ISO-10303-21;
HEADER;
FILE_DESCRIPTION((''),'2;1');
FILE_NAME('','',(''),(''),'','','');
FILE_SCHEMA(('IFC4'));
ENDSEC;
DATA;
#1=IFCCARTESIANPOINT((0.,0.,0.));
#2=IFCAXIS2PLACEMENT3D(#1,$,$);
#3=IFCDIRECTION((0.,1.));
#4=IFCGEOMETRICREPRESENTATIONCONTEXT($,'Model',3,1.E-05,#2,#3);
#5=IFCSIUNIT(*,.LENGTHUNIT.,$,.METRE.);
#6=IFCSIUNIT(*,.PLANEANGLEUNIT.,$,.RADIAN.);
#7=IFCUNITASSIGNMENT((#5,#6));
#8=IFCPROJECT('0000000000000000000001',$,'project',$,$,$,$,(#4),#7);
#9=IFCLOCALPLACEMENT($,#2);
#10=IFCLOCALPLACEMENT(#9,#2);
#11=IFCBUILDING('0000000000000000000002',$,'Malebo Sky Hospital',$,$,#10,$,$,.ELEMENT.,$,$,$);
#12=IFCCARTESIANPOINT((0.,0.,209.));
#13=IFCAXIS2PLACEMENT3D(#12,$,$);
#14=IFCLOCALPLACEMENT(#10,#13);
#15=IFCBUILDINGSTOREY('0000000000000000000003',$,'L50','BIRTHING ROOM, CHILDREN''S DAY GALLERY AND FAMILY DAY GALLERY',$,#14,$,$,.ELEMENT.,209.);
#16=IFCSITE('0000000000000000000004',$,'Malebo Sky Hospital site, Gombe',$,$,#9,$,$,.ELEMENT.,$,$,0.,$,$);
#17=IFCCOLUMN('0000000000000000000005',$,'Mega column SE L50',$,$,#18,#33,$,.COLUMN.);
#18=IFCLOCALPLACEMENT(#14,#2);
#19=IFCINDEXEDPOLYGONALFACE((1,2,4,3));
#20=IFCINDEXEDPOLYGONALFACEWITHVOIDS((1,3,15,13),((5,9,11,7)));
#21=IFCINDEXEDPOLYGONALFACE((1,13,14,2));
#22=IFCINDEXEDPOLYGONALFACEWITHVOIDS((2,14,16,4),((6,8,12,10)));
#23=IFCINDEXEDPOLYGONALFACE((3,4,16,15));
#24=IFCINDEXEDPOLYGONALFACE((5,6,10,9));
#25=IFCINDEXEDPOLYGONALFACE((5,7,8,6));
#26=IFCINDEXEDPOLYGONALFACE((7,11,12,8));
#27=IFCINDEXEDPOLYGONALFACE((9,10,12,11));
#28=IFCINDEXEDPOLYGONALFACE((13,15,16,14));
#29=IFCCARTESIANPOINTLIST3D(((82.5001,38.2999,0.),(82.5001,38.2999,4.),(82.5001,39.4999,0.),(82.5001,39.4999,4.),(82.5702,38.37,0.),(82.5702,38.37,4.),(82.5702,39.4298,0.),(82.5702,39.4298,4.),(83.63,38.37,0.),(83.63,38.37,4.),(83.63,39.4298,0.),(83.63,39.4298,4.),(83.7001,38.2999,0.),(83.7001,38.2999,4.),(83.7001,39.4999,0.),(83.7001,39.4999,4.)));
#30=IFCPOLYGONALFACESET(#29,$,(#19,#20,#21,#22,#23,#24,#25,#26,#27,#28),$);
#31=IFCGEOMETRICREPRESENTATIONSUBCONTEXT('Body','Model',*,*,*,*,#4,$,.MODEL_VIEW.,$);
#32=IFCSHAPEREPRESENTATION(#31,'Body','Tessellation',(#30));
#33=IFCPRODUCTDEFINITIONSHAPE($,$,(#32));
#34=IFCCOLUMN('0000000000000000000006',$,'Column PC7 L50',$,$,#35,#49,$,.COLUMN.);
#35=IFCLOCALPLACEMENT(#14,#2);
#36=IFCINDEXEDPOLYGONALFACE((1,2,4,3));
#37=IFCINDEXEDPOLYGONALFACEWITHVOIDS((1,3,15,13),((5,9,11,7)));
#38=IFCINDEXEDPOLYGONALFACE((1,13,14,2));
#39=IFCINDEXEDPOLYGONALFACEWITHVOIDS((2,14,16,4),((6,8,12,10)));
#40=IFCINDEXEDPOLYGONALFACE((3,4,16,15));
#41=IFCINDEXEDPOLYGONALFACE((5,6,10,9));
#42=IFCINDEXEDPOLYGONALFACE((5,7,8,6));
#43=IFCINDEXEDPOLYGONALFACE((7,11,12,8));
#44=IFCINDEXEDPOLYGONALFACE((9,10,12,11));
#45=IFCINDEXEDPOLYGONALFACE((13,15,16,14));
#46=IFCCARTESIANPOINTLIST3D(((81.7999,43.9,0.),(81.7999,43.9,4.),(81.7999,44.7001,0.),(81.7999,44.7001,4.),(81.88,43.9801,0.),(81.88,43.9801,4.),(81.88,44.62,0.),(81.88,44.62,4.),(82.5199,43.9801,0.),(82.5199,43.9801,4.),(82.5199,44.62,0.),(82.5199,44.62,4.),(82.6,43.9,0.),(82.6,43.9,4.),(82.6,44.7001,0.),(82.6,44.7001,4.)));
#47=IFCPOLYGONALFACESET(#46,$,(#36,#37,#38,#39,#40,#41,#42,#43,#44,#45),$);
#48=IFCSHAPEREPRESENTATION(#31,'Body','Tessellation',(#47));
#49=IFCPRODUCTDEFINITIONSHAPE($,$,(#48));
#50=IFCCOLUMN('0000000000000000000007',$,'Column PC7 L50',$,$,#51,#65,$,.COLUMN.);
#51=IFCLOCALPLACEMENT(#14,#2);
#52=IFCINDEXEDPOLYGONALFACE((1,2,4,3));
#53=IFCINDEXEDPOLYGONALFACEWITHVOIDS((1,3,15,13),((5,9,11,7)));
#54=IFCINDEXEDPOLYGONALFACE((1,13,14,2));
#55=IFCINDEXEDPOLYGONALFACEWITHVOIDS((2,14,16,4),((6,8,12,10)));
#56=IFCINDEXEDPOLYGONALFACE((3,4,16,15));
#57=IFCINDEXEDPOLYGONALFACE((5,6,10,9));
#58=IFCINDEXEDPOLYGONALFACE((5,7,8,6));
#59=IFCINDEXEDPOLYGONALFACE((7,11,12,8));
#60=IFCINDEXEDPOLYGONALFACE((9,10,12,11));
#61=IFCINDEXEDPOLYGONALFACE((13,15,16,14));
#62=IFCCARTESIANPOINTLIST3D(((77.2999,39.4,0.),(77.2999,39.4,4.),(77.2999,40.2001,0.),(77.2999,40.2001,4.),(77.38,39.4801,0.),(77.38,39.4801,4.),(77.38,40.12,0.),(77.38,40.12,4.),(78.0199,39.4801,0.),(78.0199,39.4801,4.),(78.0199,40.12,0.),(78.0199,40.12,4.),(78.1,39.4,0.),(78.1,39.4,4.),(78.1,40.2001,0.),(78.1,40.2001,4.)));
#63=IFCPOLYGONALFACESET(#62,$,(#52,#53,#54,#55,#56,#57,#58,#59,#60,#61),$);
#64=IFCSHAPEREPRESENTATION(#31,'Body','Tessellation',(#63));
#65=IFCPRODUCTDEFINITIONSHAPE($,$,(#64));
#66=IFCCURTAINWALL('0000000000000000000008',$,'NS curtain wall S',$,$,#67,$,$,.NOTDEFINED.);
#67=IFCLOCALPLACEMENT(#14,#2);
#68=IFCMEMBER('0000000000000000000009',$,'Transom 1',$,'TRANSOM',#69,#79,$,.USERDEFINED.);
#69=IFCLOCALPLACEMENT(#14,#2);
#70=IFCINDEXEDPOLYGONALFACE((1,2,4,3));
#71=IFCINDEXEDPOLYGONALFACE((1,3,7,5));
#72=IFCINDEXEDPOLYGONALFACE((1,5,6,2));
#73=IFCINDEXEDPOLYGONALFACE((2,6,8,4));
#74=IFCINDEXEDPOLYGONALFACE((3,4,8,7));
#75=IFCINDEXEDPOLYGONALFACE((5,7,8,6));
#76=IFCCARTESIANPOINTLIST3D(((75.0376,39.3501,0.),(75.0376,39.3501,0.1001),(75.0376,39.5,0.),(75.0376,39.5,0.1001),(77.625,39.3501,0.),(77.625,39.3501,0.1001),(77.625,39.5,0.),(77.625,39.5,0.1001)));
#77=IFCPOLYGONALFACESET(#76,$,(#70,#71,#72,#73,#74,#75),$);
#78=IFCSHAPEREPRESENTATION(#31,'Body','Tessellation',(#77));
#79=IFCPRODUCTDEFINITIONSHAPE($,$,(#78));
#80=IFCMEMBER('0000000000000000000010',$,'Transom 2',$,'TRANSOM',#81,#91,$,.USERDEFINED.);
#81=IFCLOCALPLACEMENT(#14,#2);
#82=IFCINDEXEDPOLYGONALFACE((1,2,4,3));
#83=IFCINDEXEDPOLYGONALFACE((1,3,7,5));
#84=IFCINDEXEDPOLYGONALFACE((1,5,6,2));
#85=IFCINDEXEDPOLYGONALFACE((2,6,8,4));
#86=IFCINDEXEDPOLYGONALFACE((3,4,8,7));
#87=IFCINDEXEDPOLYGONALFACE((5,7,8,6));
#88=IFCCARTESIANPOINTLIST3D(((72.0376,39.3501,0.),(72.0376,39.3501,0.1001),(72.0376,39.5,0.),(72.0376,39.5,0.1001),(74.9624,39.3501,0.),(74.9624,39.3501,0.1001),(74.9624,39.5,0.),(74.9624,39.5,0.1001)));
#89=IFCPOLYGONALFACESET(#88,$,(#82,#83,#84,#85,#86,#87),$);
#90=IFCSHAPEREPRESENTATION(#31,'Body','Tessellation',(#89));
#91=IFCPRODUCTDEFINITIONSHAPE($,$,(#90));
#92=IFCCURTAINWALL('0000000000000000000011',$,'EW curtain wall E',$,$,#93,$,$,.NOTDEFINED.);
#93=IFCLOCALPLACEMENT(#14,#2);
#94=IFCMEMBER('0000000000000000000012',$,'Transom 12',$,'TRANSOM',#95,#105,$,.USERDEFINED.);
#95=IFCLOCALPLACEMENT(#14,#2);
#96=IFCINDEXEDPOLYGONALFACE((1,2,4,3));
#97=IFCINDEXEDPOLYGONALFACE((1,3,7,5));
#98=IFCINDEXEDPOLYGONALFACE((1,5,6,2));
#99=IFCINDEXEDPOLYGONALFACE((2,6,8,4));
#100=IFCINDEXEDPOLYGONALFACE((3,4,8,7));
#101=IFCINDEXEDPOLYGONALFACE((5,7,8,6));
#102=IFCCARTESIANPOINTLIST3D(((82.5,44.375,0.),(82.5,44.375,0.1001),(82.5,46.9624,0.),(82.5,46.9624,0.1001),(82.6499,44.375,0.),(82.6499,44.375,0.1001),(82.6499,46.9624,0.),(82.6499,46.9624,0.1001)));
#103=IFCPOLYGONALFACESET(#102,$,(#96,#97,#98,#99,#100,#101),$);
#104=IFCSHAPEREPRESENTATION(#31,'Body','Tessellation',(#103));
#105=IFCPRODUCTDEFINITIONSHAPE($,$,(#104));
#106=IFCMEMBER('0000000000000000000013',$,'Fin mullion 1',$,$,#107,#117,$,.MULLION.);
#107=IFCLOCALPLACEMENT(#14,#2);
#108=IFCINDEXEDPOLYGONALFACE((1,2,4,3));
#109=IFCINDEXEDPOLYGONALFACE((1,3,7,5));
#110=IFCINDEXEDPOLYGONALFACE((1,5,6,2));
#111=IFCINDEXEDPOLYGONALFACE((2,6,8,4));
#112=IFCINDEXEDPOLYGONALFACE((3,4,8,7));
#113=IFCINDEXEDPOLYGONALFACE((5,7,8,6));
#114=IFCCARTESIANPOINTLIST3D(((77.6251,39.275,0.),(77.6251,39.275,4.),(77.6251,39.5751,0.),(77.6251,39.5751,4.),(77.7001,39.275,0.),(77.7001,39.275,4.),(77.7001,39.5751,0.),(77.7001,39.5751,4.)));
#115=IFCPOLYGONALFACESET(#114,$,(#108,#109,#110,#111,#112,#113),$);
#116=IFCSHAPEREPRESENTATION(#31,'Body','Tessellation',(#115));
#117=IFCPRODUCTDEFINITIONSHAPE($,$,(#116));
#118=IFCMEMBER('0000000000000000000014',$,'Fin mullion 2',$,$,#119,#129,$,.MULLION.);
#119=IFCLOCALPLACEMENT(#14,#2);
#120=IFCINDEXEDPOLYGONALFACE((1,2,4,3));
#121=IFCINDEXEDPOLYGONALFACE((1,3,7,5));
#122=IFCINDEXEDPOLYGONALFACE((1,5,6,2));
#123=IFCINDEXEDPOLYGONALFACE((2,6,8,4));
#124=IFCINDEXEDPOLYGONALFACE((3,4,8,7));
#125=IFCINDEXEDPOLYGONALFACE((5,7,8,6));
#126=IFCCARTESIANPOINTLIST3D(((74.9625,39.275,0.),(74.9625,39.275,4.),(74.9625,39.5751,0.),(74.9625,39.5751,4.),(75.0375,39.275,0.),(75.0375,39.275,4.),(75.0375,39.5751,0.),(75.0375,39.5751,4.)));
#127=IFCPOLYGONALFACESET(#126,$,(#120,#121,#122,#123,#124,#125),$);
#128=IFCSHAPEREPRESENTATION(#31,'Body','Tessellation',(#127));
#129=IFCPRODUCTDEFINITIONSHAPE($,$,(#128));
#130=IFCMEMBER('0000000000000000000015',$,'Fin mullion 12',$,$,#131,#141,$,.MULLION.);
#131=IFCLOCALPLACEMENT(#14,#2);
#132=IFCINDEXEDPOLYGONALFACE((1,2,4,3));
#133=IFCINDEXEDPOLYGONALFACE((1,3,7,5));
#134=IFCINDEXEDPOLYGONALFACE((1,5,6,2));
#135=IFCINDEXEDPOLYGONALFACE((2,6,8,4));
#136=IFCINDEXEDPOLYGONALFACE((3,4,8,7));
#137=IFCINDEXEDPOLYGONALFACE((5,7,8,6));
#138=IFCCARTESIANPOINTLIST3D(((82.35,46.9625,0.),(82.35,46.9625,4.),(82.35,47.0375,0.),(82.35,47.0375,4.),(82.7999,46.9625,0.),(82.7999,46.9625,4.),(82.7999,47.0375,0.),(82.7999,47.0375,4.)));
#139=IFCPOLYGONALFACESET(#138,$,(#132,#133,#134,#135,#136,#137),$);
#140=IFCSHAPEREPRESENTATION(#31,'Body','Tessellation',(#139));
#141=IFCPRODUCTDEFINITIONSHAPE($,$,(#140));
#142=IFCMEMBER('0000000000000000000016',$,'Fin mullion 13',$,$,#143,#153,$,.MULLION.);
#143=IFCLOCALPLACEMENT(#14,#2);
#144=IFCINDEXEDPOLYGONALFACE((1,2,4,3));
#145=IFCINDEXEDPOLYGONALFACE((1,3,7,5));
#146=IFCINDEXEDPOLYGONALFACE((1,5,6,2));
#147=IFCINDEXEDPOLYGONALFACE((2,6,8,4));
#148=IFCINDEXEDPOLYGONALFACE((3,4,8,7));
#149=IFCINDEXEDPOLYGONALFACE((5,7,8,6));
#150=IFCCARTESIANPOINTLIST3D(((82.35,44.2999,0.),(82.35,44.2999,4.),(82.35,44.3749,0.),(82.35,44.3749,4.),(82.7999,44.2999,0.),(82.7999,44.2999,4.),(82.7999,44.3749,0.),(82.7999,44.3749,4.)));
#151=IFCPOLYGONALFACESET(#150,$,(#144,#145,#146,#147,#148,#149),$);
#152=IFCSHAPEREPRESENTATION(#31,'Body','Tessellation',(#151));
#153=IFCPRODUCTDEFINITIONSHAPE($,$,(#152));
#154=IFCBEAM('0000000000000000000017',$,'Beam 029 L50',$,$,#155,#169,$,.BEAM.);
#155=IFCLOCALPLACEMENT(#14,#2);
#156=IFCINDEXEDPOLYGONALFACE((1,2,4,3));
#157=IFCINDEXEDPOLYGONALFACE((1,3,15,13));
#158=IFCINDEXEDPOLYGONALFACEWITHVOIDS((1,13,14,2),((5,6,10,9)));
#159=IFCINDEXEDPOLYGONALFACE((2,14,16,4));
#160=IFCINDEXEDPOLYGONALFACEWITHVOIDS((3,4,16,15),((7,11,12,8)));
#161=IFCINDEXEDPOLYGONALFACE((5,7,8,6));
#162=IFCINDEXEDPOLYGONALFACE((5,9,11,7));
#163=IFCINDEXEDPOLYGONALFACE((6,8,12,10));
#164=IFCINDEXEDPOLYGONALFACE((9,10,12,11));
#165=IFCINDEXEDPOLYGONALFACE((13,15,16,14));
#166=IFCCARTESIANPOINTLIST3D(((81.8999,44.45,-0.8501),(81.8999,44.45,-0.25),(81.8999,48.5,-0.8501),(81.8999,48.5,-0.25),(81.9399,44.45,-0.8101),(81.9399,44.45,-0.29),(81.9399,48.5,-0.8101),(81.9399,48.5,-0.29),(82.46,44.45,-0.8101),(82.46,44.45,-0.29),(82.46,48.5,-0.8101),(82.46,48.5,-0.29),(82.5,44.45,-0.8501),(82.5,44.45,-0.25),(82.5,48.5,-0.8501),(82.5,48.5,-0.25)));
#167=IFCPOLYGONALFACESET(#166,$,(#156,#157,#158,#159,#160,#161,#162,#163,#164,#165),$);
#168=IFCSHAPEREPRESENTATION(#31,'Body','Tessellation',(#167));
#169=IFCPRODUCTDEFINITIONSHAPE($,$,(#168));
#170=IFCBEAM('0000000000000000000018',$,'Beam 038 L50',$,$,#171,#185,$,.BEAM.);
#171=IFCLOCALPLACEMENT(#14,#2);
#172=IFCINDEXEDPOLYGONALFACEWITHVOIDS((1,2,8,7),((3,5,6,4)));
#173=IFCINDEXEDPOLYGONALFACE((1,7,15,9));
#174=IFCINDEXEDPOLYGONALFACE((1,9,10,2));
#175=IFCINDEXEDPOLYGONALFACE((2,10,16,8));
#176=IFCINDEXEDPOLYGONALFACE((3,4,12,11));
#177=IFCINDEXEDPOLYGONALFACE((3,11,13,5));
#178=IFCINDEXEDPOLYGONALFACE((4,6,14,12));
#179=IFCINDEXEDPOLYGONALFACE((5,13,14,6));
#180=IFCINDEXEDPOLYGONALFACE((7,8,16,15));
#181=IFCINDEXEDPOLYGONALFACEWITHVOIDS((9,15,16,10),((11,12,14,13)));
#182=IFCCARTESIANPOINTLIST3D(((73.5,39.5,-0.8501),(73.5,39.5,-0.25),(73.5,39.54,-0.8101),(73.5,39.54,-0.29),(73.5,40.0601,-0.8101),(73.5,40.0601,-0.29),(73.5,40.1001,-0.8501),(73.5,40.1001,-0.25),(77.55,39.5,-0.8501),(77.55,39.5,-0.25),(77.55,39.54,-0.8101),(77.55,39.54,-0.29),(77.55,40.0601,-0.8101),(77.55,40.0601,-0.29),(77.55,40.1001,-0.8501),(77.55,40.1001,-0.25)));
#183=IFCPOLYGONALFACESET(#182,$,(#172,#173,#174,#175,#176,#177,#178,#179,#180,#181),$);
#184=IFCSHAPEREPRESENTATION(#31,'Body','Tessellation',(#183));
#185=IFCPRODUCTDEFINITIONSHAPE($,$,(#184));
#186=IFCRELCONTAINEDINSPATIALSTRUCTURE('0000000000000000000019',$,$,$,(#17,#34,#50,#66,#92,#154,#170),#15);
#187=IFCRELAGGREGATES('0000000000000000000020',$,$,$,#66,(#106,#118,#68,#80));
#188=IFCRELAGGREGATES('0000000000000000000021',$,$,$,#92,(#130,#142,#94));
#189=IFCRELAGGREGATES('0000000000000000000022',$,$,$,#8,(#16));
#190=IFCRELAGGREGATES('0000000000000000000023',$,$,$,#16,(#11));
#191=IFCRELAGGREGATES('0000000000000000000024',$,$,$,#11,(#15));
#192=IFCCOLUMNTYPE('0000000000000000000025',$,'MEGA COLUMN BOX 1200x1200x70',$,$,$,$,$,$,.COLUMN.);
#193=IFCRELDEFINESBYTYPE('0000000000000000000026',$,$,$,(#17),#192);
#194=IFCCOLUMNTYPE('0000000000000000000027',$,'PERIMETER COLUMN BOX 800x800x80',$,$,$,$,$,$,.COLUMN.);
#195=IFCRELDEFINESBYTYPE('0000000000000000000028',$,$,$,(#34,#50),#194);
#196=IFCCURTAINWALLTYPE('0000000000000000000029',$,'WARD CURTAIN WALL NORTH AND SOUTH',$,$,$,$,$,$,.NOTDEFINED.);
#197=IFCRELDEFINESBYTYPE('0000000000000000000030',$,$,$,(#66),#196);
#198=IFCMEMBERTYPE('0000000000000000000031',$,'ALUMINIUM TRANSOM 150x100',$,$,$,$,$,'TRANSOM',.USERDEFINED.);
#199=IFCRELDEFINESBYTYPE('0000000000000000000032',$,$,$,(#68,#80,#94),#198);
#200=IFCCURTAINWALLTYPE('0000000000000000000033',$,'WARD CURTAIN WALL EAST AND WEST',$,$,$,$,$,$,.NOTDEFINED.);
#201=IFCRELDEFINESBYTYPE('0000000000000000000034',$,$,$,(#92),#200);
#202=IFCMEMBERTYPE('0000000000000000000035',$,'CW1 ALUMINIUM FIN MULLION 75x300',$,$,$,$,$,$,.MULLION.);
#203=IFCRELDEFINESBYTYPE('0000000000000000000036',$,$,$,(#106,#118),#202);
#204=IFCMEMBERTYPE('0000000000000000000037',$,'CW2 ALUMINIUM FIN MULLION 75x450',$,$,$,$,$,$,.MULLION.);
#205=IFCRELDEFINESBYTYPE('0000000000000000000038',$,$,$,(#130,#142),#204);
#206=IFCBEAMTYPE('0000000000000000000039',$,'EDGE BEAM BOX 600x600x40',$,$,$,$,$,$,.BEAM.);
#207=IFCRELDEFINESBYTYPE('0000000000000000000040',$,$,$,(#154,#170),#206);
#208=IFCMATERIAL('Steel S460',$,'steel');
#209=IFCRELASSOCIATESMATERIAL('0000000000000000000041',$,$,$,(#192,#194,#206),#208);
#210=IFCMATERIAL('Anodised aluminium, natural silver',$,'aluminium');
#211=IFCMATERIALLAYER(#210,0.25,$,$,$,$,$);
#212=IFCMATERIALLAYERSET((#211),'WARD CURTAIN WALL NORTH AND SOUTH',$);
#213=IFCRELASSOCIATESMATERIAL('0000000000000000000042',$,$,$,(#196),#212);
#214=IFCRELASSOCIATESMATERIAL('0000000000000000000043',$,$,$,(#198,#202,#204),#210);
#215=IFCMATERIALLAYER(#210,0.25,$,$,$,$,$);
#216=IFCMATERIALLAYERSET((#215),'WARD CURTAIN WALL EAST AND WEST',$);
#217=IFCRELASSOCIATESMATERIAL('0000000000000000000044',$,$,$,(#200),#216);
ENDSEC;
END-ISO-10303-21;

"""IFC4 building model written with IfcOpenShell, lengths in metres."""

from ifc_helpers import new_model, si_unit, direction, frame, origin, origin_2d, place, context, subcontext, project, spatial, rectangle, hollow_rectangle, extrude, material, layer, layer_set, material_profile, profile_set, type_object, element, aggregate, save


model = new_model("IFC4")

# Units and contexts
model_context = context("Model", 3, precision=1e-05, world=origin(), true_north=direction((0.0, 1.0)))
body_context = subcontext(model_context, "Body", "Model", "MODEL_VIEW")
ifc_project = project(units=[si_unit("LENGTHUNIT", "METRE"), si_unit("PLANEANGLEUNIT", "RADIAN")], contexts=[model_context])

# Site, building, storey
site_placement = place(None, origin())
site = spatial("IfcSite", under=ifc_project, at=site_placement, Name="Malebo Sky Hospital site, Gombe", CompositionType="ELEMENT", RefElevation=0.0)
building_placement = place(site_placement, origin())
building = spatial("IfcBuilding", under=site, at=building_placement, Name="Malebo Sky Hospital", CompositionType="ELEMENT")
storey_placement = place(building_placement, frame((0.0, 0.0, 209.0)))
storey = spatial("IfcBuildingStorey", under=building, at=storey_placement, Name="L50", Description="BIRTHING ROOM, CHILDREN'S DAY GALLERY AND FAMILY DAY GALLERY", CompositionType="ELEMENT", Elevation=209.0)

# Columns
ifc_material_1 = material(Name="Steel S460", Category="steel")
ifc_material_profile_1 = material_profile(ifc_material_1, hollow_rectangle(XDim=1.2, YDim=1.2, WallThickness=0.0701, at=origin_2d()), Name="BOX 1200x1200x70")
ifc_profile_set_1 = profile_set([ifc_material_profile_1], Name="Steel S460")
column_type_1 = type_object("IfcColumnType", Name="MEGA COLUMN BOX 1200x1200x70", PredefinedType="COLUMN", material=ifc_profile_set_1)
column_placement = place(storey_placement, frame((83.1001, 38.8999, 0.0), z_axis=(0.0, 0.0, 1.0), x_axis=(1.0, 0.0, 0.0)))
element("IfcColumn", 1, at=column_placement, inside=storey, type_object=column_type_1, Name="Mega column SE L50", PredefinedType="COLUMN", context=body_context, shape_type="SweptSolid", body=[
    extrude(hollow_rectangle(XDim=1.2, YDim=1.2, WallThickness=0.0701, at=origin_2d()), origin(), (0.0, 0.0, 1.0), 4.0),
])
ifc_material_profile_2 = material_profile(ifc_material_1, hollow_rectangle(XDim=0.8, YDim=0.8, WallThickness=0.0801, at=origin_2d()), Name="BOX 800x800x80")
ifc_profile_set_2 = profile_set([ifc_material_profile_2], Name="Steel S460")
column_type_2 = type_object("IfcColumnType", Name="PERIMETER COLUMN BOX 800x800x80", PredefinedType="COLUMN", material=ifc_profile_set_2)
for number, where, z_axis, x_axis, name in (
    (2, (82.2, 44.3, 0.0), (0.0, 0.0, 1.0), (1.0, 0.0, 0.0), "Column PC7 L50"),
    (3, (77.7, 39.8, 0.0), (0.0, 0.0, 1.0), (1.0, 0.0, 0.0), "Column PC7 L50"),
):
    element("IfcColumn", number, at=place(storey_placement, frame(where, z_axis=z_axis, x_axis=x_axis)), inside=storey, type_object=column_type_2, Name=name, PredefinedType="COLUMN", context=body_context, shape_type="SweptSolid", body=[
        extrude(hollow_rectangle(XDim=0.8, YDim=0.8, WallThickness=0.0801, at=origin_2d()), origin(), (0.0, 0.0, 1.0), 4.0),
    ])

# Curtain wall, members
ifc_material_2 = material(Name="Anodised aluminium, natural silver", Category="aluminium")
ifc_layer_1 = layer(ifc_material_2, 0.25)
ifc_layer_set_1 = layer_set([ifc_layer_1], Name="WARD CURTAIN WALL NORTH AND SOUTH")
curtain_wall_type_1 = type_object("IfcCurtainWallType", Name="WARD CURTAIN WALL NORTH AND SOUTH", PredefinedType="NOTDEFINED", material=ifc_layer_set_1)
curtain_wall_1_placement = place(storey_placement, origin())
curtain_wall_1 = element("IfcCurtainWall", 4, at=curtain_wall_1_placement, inside=storey, type_object=curtain_wall_type_1, Name="NS curtain wall S", PredefinedType="NOTDEFINED")
ifc_material_profile_3 = material_profile(ifc_material_2, rectangle(XDim=0.1499, YDim=0.1001, at=origin_2d()), Name="ALUMINIUM TRANSOM 150x100")
ifc_profile_set_3 = profile_set([ifc_material_profile_3], Name="Anodised aluminium, natural silver")
member_type_1 = type_object("IfcMemberType", Name="ALUMINIUM TRANSOM 150x100", ElementType="TRANSOM", PredefinedType="USERDEFINED", material=ifc_profile_set_3)
member_1_placement = place(storey_placement, frame((77.625, 39.425, 0.05), z_axis=(-1.0, 0.0, 0.0), x_axis=(0.0, -1.0, 0.0)))
member_1 = element("IfcMember", 5, at=member_1_placement, type_object=member_type_1, Name="Transom 1", ObjectType="TRANSOM", PredefinedType="USERDEFINED", context=body_context, shape_type="SweptSolid", body=[
    extrude(rectangle(XDim=0.1499, YDim=0.1001, at=origin_2d()), origin(), (0.0, 0.0, 1.0), 2.5874),
])
member_2_placement = place(storey_placement, frame((74.9624, 39.425, 0.05), z_axis=(-1.0, 0.0, 0.0), x_axis=(0.0, -1.0, 0.0)))
member_2 = element("IfcMember", 6, at=member_2_placement, type_object=member_type_1, Name="Transom 2", ObjectType="TRANSOM", PredefinedType="USERDEFINED", context=body_context, shape_type="SweptSolid", body=[
    extrude(rectangle(XDim=0.1499, YDim=0.1001, at=origin_2d()), origin(), (0.0, 0.0, 1.0), 2.9248),
])

# Curtain wall, member
ifc_layer_2 = layer(ifc_material_2, 0.25)
ifc_layer_set_2 = layer_set([ifc_layer_2], Name="WARD CURTAIN WALL EAST AND WEST")
curtain_wall_type_2 = type_object("IfcCurtainWallType", Name="WARD CURTAIN WALL EAST AND WEST", PredefinedType="NOTDEFINED", material=ifc_layer_set_2)
curtain_wall_2_placement = place(storey_placement, origin())
curtain_wall_2 = element("IfcCurtainWall", 7, at=curtain_wall_2_placement, inside=storey, type_object=curtain_wall_type_2, Name="EW curtain wall E", PredefinedType="NOTDEFINED")
member_3_placement = place(storey_placement, frame((82.575, 46.9624, 0.05), z_axis=(0.0, -1.0, 0.0), x_axis=(1.0, 0.0, 0.0)))
member_3 = element("IfcMember", 8, at=member_3_placement, type_object=member_type_1, Name="Transom 12", ObjectType="TRANSOM", PredefinedType="USERDEFINED", context=body_context, shape_type="SweptSolid", body=[
    extrude(rectangle(XDim=0.1499, YDim=0.1001, at=origin_2d()), origin(), (0.0, 0.0, 1.0), 2.5874),
])

# Members
ifc_material_profile_4 = material_profile(ifc_material_2, rectangle(XDim=0.075, YDim=0.3, at=origin_2d()), Name="CW1 ALUMINIUM FIN MULLION 75x300")
ifc_profile_set_4 = profile_set([ifc_material_profile_4], Name="Anodised aluminium, natural silver")
member_type_2 = type_object("IfcMemberType", Name="CW1 ALUMINIUM FIN MULLION 75x300", PredefinedType="MULLION", material=ifc_profile_set_4)
member_4_placement = place(storey_placement, frame((77.6626, 39.425, 0.0), z_axis=(0.0, 0.0, 1.0), x_axis=(-1.0, 0.0, 0.0)))
member_4 = element("IfcMember", 9, at=member_4_placement, type_object=member_type_2, Name="Fin mullion 1", PredefinedType="MULLION", context=body_context, shape_type="SweptSolid", body=[
    extrude(rectangle(XDim=0.075, YDim=0.3, at=origin_2d()), origin(), (0.0, 0.0, 1.0), 4.0),
])
member_5_placement = place(storey_placement, frame((75.0, 39.425, 0.0), z_axis=(0.0, 0.0, 1.0), x_axis=(-1.0, 0.0, 0.0)))
member_5 = element("IfcMember", 10, at=member_5_placement, type_object=member_type_2, Name="Fin mullion 2", PredefinedType="MULLION", context=body_context, shape_type="SweptSolid", body=[
    extrude(rectangle(XDim=0.075, YDim=0.3, at=origin_2d()), origin(), (0.0, 0.0, 1.0), 4.0),
])
ifc_material_profile_5 = material_profile(ifc_material_2, rectangle(XDim=0.075, YDim=0.45, at=origin_2d()), Name="CW2 ALUMINIUM FIN MULLION 75x450")
ifc_profile_set_5 = profile_set([ifc_material_profile_5], Name="Anodised aluminium, natural silver")
member_type_3 = type_object("IfcMemberType", Name="CW2 ALUMINIUM FIN MULLION 75x450", PredefinedType="MULLION", material=ifc_profile_set_5)
member_6_placement = place(storey_placement, frame((82.575, 47.0, 0.0), z_axis=(0.0, 0.0, 1.0), x_axis=(0.0, -1.0, 0.0)))
member_6 = element("IfcMember", 11, at=member_6_placement, type_object=member_type_3, Name="Fin mullion 12", PredefinedType="MULLION", context=body_context, shape_type="SweptSolid", body=[
    extrude(rectangle(XDim=0.075, YDim=0.45, at=origin_2d()), origin(), (0.0, 0.0, 1.0), 4.0),
])
member_7_placement = place(storey_placement, frame((82.575, 44.3374, 0.0), z_axis=(0.0, 0.0, 1.0), x_axis=(0.0, -1.0, 0.0)))
member_7 = element("IfcMember", 12, at=member_7_placement, type_object=member_type_3, Name="Fin mullion 13", PredefinedType="MULLION", context=body_context, shape_type="SweptSolid", body=[
    extrude(rectangle(XDim=0.075, YDim=0.45, at=origin_2d()), origin(), (0.0, 0.0, 1.0), 4.0),
])

# Beams
ifc_material_profile_6 = material_profile(ifc_material_1, hollow_rectangle(XDim=0.6001, YDim=0.6001, WallThickness=0.04, at=origin_2d()), Name="BOX 600x600x40")
ifc_profile_set_6 = profile_set([ifc_material_profile_6], Name="Steel S460")
beam_type_1 = type_object("IfcBeamType", Name="EDGE BEAM BOX 600x600x40", PredefinedType="BEAM", material=ifc_profile_set_6)
for number, where, z_axis, x_axis, name in (
    (13, (82.2, 44.45, -0.55), (0.0, 1.0, 0.0), (-1.0, 0.0, 0.0), "Beam 029 L50"),
    (14, (73.5, 39.8, -0.55), (1.0, 0.0, 0.0), (0.0, 1.0, 0.0), "Beam 038 L50"),
):
    element("IfcBeam", number, at=place(storey_placement, frame(where, z_axis=z_axis, x_axis=x_axis)), inside=storey, type_object=beam_type_1, Name=name, PredefinedType="BEAM", context=body_context, shape_type="SweptSolid", body=[
        extrude(hollow_rectangle(XDim=0.6001, YDim=0.6001, WallThickness=0.04, at=origin_2d()), origin(), (0.0, 0.0, 1.0), 4.05),
    ])

aggregate(curtain_wall_1, [member_4, member_5, member_1, member_2])
aggregate(curtain_wall_2, [member_6, member_7, member_3])

save(model, "model.ifc")
